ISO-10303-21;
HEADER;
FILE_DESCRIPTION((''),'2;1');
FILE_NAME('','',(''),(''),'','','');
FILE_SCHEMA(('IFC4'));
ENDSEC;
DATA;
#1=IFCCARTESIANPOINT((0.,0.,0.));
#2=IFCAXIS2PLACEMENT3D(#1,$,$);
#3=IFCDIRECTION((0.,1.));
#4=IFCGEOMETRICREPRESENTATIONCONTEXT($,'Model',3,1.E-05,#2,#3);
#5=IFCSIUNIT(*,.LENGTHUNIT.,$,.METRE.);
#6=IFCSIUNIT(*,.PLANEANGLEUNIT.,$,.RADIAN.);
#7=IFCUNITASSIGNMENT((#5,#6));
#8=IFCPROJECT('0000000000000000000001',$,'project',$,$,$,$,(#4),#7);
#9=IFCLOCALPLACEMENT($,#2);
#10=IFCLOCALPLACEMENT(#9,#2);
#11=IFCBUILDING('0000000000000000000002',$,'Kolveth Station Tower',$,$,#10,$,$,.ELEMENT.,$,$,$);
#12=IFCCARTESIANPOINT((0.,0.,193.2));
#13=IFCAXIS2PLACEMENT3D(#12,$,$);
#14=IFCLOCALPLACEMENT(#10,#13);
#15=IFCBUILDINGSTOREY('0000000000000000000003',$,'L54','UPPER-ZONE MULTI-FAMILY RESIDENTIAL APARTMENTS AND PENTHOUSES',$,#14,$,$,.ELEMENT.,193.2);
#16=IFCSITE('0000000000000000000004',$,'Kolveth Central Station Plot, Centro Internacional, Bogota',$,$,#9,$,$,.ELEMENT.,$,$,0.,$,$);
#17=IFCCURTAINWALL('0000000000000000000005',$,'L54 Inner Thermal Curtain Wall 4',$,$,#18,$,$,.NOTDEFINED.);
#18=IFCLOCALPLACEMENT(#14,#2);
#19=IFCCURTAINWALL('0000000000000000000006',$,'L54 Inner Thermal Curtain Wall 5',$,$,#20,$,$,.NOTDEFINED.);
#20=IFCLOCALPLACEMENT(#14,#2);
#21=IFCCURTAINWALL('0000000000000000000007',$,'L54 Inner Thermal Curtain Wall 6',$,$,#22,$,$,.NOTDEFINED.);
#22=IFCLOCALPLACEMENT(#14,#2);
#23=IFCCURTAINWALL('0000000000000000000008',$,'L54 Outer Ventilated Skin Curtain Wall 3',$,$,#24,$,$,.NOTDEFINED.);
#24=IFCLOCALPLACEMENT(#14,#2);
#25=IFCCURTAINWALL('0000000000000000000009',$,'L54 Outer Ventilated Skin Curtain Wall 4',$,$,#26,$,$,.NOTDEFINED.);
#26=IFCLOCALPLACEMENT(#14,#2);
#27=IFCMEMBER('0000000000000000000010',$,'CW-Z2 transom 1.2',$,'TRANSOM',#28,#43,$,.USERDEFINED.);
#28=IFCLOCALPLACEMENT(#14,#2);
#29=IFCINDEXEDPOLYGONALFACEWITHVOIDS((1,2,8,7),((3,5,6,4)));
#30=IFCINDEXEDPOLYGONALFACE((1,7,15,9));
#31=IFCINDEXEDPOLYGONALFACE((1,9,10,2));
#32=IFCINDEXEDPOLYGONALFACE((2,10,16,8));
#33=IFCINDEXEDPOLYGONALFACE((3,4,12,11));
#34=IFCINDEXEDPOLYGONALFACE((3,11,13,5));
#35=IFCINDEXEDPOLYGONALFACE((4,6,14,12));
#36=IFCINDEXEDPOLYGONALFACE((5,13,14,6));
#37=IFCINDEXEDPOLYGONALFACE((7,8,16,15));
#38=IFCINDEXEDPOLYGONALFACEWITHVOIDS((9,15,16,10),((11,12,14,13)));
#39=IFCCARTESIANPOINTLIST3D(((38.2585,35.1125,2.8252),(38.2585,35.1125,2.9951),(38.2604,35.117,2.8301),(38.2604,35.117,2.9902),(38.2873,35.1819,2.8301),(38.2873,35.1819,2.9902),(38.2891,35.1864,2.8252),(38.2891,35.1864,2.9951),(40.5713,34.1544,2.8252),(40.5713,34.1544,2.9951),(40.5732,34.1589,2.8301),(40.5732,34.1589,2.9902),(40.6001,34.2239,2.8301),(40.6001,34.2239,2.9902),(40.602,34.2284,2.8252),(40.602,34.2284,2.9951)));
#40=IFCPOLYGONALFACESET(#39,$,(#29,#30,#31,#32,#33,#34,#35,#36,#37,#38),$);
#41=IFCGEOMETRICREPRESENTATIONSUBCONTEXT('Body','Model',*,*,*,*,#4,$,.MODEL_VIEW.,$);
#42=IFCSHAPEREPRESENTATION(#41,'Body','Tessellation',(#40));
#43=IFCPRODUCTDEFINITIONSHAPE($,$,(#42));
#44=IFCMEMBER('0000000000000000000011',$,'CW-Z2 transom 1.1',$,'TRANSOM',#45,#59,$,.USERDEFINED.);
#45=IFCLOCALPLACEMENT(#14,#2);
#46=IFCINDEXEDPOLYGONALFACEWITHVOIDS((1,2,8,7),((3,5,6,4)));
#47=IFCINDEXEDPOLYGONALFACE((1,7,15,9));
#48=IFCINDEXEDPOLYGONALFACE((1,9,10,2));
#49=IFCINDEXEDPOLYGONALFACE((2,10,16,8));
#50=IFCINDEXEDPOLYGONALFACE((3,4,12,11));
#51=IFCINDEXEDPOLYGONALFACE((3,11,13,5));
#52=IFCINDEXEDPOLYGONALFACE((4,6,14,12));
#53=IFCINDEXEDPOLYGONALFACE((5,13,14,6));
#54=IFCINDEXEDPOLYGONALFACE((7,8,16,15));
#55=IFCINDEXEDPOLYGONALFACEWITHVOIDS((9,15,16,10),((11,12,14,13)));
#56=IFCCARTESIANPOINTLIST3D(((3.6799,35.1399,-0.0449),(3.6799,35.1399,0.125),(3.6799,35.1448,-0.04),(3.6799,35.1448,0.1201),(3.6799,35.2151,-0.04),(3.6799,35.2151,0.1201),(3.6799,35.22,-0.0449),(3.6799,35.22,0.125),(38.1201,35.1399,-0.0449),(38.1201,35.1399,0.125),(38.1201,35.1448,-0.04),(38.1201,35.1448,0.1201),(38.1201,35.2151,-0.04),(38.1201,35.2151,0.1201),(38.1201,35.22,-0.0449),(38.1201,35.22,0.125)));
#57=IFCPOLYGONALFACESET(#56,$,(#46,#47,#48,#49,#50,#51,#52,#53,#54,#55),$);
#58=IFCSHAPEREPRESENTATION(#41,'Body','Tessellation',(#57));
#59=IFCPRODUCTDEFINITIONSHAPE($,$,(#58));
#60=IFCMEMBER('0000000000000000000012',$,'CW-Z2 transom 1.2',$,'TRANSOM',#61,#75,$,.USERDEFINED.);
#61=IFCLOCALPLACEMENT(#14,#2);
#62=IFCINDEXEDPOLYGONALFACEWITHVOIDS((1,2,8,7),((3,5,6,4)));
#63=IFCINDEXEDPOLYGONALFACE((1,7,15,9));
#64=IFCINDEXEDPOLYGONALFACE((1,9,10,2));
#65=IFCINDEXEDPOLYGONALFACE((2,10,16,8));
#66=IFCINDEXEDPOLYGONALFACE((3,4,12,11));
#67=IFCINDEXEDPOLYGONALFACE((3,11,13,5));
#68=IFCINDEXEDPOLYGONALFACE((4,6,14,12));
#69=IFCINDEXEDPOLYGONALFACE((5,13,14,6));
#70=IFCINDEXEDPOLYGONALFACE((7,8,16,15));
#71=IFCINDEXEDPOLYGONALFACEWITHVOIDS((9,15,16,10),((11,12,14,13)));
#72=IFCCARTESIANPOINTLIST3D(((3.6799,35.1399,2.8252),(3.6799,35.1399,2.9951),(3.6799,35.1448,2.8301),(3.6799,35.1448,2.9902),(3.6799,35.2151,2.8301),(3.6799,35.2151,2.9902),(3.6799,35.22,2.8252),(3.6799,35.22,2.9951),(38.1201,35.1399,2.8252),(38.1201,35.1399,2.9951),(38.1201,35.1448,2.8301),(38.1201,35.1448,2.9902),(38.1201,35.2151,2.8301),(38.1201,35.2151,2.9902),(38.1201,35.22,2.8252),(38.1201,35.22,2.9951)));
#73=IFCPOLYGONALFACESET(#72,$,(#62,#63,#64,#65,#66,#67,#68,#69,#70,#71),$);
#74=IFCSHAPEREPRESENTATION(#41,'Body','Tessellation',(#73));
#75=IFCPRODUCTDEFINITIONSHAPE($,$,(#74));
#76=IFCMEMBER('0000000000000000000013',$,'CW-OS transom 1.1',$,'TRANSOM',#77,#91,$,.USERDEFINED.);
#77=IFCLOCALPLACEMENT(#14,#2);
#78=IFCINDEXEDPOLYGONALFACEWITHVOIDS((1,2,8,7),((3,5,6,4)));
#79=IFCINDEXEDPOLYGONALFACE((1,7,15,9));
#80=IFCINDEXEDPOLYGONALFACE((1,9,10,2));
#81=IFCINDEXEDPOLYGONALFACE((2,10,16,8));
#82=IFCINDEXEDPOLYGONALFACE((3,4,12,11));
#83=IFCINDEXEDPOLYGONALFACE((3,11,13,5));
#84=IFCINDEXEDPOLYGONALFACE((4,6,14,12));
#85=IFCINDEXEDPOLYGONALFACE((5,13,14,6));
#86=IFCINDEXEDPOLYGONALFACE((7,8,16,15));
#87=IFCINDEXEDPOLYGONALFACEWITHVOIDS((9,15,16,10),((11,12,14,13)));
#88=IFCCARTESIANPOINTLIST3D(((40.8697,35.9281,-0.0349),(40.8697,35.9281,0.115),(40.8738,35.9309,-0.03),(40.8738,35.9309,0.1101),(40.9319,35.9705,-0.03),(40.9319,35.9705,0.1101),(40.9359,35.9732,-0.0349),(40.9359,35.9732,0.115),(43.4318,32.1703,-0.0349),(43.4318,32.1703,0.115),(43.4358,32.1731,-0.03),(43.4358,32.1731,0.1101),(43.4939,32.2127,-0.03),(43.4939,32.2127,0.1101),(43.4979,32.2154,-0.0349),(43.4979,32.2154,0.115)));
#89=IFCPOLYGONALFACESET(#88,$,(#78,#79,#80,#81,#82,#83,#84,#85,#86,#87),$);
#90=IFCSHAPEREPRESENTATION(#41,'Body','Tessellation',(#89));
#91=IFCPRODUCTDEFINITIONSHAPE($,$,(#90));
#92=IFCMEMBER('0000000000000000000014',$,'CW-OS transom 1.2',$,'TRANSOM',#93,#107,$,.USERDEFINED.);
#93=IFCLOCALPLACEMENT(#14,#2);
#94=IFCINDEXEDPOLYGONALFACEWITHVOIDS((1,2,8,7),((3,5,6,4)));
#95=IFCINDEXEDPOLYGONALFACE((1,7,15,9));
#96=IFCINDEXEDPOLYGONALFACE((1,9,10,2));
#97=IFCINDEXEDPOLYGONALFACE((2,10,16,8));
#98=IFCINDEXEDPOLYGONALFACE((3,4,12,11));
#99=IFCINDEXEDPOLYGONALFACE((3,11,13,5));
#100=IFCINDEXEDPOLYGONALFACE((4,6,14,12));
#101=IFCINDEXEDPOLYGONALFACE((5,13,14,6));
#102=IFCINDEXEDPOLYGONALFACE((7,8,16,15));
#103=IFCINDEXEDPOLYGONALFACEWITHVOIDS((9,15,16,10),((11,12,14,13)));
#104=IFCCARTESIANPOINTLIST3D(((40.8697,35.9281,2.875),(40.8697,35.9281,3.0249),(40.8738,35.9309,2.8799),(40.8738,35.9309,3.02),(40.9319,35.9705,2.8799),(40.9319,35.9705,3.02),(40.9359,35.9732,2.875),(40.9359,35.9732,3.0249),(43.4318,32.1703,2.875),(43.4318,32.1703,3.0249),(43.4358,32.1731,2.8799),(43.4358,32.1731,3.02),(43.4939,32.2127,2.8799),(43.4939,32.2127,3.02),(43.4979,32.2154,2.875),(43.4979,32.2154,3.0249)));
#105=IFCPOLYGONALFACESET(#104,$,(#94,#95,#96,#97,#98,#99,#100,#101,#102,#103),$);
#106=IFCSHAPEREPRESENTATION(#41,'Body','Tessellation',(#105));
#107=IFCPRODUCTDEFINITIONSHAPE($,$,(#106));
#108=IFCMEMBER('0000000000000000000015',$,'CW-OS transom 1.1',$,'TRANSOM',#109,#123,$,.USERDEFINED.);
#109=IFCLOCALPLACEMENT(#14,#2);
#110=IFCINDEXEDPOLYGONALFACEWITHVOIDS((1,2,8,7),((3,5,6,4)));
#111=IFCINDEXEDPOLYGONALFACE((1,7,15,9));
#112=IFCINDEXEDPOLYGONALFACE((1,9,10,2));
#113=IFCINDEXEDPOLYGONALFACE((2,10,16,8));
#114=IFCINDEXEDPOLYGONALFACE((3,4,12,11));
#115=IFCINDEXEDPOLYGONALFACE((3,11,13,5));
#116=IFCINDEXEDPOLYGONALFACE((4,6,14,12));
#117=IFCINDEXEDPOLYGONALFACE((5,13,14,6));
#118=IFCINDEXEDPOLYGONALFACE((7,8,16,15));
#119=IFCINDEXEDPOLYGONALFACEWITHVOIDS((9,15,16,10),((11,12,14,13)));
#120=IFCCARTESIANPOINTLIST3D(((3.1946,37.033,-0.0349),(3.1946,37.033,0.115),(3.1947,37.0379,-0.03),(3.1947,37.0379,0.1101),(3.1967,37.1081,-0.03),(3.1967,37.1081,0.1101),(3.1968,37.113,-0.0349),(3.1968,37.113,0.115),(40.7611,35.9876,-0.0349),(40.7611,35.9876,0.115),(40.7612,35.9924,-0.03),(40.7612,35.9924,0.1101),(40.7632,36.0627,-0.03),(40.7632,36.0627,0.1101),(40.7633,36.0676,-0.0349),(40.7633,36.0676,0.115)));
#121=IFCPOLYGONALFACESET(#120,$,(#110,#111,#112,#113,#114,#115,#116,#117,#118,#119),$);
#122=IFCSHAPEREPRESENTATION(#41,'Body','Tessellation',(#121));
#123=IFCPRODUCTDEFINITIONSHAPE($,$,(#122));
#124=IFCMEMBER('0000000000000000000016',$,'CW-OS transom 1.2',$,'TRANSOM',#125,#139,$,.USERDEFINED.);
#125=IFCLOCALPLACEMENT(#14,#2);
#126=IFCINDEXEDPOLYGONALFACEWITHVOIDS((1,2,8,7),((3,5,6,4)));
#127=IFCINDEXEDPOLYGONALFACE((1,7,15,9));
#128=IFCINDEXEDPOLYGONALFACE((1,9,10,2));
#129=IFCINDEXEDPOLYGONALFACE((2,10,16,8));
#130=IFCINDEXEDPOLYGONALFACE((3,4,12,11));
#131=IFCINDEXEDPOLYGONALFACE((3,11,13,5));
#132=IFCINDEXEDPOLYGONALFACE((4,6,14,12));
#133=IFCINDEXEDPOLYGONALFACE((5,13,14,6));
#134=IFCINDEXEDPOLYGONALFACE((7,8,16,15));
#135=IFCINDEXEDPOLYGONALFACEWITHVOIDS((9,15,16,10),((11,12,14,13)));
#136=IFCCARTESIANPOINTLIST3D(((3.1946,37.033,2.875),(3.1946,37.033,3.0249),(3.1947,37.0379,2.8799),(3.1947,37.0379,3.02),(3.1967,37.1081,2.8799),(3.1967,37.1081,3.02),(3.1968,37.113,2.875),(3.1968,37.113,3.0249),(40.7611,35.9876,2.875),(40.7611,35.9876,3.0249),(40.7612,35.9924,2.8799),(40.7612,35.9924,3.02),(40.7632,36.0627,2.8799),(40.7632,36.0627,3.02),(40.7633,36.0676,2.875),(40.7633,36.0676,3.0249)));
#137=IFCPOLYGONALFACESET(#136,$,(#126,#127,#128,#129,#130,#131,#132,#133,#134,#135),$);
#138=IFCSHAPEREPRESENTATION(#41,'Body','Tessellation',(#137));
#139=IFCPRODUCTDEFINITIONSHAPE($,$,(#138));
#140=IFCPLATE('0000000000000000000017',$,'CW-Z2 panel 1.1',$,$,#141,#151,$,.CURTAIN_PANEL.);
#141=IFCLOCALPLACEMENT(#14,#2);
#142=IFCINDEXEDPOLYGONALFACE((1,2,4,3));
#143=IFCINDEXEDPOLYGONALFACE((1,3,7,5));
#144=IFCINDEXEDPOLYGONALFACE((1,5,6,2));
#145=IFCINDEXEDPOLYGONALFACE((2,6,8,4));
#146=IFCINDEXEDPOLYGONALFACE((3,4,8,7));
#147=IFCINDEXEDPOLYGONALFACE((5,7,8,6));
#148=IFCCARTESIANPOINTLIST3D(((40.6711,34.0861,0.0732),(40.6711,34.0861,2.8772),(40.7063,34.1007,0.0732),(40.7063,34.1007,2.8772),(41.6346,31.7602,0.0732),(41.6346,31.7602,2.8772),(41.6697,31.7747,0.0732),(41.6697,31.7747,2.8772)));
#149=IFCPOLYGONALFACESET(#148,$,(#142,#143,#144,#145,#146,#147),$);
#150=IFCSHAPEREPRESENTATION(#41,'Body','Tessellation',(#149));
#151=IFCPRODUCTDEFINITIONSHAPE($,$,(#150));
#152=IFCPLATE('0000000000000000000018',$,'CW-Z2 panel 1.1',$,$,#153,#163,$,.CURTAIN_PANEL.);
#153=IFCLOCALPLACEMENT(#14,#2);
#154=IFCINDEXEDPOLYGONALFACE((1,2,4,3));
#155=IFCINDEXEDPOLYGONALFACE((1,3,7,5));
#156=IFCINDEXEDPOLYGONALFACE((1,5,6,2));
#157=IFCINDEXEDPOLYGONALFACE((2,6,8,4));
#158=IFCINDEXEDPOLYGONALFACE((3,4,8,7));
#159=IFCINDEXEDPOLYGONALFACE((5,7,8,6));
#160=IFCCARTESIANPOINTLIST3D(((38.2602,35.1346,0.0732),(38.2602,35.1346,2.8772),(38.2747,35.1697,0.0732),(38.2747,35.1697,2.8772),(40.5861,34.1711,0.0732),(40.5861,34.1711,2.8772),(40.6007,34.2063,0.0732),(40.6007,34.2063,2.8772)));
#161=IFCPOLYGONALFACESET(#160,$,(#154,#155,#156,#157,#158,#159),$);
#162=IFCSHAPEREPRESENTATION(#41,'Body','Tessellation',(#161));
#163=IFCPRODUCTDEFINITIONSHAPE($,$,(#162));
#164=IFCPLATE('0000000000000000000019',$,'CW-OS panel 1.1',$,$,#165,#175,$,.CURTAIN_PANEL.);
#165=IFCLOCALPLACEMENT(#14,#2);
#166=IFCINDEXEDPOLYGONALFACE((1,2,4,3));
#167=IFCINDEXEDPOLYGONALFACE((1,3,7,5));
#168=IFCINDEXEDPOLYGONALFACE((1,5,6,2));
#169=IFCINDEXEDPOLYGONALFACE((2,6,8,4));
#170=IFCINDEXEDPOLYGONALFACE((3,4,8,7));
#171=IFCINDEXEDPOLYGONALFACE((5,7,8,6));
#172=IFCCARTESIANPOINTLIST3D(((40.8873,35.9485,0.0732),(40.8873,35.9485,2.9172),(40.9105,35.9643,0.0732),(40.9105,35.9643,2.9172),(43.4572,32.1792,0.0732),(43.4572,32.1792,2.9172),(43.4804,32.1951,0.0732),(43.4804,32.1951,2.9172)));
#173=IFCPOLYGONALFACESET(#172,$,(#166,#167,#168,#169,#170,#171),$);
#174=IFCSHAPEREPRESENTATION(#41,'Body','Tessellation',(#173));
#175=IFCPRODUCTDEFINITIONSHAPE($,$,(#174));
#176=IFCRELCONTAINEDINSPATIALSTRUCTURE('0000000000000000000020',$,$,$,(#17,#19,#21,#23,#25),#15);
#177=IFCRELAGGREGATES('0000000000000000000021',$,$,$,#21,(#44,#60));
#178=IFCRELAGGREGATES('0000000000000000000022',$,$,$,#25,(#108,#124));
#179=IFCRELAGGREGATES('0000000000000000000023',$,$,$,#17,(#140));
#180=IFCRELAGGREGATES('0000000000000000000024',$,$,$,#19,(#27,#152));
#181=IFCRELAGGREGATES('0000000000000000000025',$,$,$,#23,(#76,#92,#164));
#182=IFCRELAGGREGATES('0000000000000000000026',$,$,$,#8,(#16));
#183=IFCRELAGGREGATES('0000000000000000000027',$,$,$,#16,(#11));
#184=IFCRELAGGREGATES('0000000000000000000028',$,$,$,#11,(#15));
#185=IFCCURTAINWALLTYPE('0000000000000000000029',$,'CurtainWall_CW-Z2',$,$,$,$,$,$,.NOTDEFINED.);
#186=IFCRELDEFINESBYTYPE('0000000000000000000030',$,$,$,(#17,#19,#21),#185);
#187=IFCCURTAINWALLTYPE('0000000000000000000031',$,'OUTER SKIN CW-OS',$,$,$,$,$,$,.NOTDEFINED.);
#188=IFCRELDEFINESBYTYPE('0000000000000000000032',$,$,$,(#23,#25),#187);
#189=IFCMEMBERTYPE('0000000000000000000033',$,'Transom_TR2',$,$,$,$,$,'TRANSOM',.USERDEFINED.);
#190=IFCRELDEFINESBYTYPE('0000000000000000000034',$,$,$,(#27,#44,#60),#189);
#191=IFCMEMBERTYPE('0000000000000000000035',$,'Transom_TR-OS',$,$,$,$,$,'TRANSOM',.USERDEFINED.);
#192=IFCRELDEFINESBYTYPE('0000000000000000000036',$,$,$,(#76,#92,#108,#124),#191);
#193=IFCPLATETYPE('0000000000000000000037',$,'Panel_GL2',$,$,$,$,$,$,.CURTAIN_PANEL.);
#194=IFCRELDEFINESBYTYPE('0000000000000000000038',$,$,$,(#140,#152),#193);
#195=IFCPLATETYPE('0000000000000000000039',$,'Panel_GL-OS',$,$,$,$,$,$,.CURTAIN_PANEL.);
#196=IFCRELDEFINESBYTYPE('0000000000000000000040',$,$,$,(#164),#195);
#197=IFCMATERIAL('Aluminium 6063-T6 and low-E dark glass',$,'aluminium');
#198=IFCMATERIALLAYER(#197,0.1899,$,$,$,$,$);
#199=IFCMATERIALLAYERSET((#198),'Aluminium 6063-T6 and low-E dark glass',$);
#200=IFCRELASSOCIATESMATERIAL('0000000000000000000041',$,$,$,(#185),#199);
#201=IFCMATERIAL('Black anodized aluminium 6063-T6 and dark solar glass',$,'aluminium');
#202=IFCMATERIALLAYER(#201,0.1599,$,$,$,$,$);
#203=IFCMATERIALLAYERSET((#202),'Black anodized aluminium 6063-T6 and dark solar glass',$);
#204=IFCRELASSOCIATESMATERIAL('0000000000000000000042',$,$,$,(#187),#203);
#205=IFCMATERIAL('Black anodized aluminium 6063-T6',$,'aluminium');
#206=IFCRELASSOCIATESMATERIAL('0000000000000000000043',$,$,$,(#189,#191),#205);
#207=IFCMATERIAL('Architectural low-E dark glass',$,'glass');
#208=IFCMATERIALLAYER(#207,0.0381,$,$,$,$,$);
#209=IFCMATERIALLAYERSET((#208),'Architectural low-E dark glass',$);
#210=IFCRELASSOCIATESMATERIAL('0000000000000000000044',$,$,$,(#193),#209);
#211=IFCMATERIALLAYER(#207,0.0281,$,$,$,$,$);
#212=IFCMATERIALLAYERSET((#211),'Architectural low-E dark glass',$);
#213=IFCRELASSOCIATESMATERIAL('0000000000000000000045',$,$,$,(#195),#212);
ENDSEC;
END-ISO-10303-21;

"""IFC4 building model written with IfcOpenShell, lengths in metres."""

from ifc_helpers import new_model, si_unit, direction, frame, origin, origin_2d, place, context, subcontext, project, spatial, rectangle, hollow_rectangle, extrude, source, transform, mapped, material, layer, layer_set, material_profile, profile_set, type_object, element, aggregate, save


model = new_model("IFC4")

# Units and contexts
model_context = context("Model", 3, precision=1e-05, world=origin(), true_north=direction((0.0, 1.0)))
body_context = subcontext(model_context, "Body", "Model", "MODEL_VIEW")
ifc_project = project(units=[si_unit("LENGTHUNIT", "METRE"), si_unit("PLANEANGLEUNIT", "RADIAN")], contexts=[model_context])

# Site, building, storey
site_placement = place(None, origin())
site = spatial("IfcSite", under=ifc_project, at=site_placement, Name="Kolveth Central Station Plot, Centro Internacional, Bogota", CompositionType="ELEMENT", RefElevation=0.0)
building_placement = place(site_placement, origin())
building = spatial("IfcBuilding", under=site, at=building_placement, Name="Kolveth Station Tower", CompositionType="ELEMENT")
storey_placement = place(building_placement, frame((0.0, 0.0, 193.2)))
storey = spatial("IfcBuildingStorey", under=building, at=storey_placement, Name="L54", Description="UPPER-ZONE MULTI-FAMILY RESIDENTIAL APARTMENTS AND PENTHOUSES", CompositionType="ELEMENT", Elevation=193.2)

# Curtain wall
ifc_material_1 = material(Name="Aluminium 6063-T6 and low-E dark glass", Category="aluminium")
ifc_layer_1 = layer(ifc_material_1, 0.1899)
ifc_layer_set_1 = layer_set([ifc_layer_1], Name="Aluminium 6063-T6 and low-E dark glass")
curtain_wall_type_1 = type_object("IfcCurtainWallType", Name="CurtainWall_CW-Z2", PredefinedType="NOTDEFINED", material=ifc_layer_set_1)
curtain_wall_1_placement = place(storey_placement, origin())
curtain_wall_1 = element("IfcCurtainWall", 1, at=curtain_wall_1_placement, inside=storey, type_object=curtain_wall_type_1, Name="L54 Inner Thermal Curtain Wall 4", PredefinedType="NOTDEFINED")
ifc_material_2 = material(Name="Black anodized aluminium 6063-T6", Category="aluminium")

# Curtain wall
curtain_wall_2_placement = place(storey_placement, origin())
curtain_wall_2 = element("IfcCurtainWall", 2, at=curtain_wall_2_placement, inside=storey, type_object=curtain_wall_type_1, Name="L54 Inner Thermal Curtain Wall 5", PredefinedType="NOTDEFINED")

# Curtain wall
curtain_wall_3_placement = place(storey_placement, origin())
curtain_wall_3 = element("IfcCurtainWall", 3, at=curtain_wall_3_placement, inside=storey, type_object=curtain_wall_type_1, Name="L54 Inner Thermal Curtain Wall 6", PredefinedType="NOTDEFINED")
ifc_material_3 = material(Name="Black anodized aluminium 6063-T6 and dark solar glass", Category="aluminium")
ifc_layer_2 = layer(ifc_material_3, 0.1599)
ifc_layer_set_2 = layer_set([ifc_layer_2], Name="Black anodized aluminium 6063-T6 and dark solar glass")
curtain_wall_type_2 = type_object("IfcCurtainWallType", Name="OUTER SKIN CW-OS", PredefinedType="NOTDEFINED", material=ifc_layer_set_2)

# Curtain wall
curtain_wall_4_placement = place(storey_placement, origin())
curtain_wall_4 = element("IfcCurtainWall", 4, at=curtain_wall_4_placement, inside=storey, type_object=curtain_wall_type_2, Name="L54 Outer Ventilated Skin Curtain Wall 3", PredefinedType="NOTDEFINED")

# Curtain wall
curtain_wall_5_placement = place(storey_placement, origin())
curtain_wall_5 = element("IfcCurtainWall", 5, at=curtain_wall_5_placement, inside=storey, type_object=curtain_wall_type_2, Name="L54 Outer Ventilated Skin Curtain Wall 4", PredefinedType="NOTDEFINED")

# Members
ifc_material_profile_1 = material_profile(ifc_material_2, hollow_rectangle(XDim=0.0801, YDim=0.1699, WallThickness=0.0049, at=origin_2d()), Name="ALU-80x170x5")
ifc_profile_set_1 = profile_set([ifc_material_profile_1], Name="Black anodized aluminium 6063-T6")
member_type_1 = type_object("IfcMemberType", Name="Transom_TR2", ElementType="TRANSOM", PredefinedType="USERDEFINED", material=ifc_profile_set_1)
shared_shape_1 = source(origin(), body_context, "Body", "SweptSolid", [
    extrude(hollow_rectangle(XDim=0.0801, YDim=0.1699, WallThickness=0.0049, at=origin_2d()), origin(), (0.0, 0.0, 1.0), 2.5034),
])
member_1_placement = place(storey_placement, frame((40.5867, 34.1914, 2.9102), z_axis=(-0.923874, 0.382696, 0.0), x_axis=(-0.382696, -0.923874, 0.0)))
member_1 = element("IfcMember", 6, at=member_1_placement, type_object=member_type_1, Name="CW-Z2 transom 1.2", ObjectType="TRANSOM", PredefinedType="USERDEFINED", context=body_context, shape_type="MappedRepresentation", body=[
    mapped(shared_shape_1, transform((0.0, 0.0, 0.0), x_axis=(1.0, 0.0, 0.0), y_axis=(0.0, 1.0, 0.0), z_axis=(0.0, 0.0, 1.0), scale=1.0)),
])
shared_shape_2 = source(origin(), body_context, "Body", "SweptSolid", [
    extrude(hollow_rectangle(XDim=0.0801, YDim=0.1699, WallThickness=0.0049, at=origin_2d()), origin(), (0.0, 0.0, 1.0), 34.4402),
])
member_2_placement = place(storey_placement, frame((38.1201, 35.1799, 0.04), z_axis=(-1.0, 0.0, 0.0), x_axis=(0.0, -1.0, 0.0)))
member_2 = element("IfcMember", 7, at=member_2_placement, type_object=member_type_1, Name="CW-Z2 transom 1.1", ObjectType="TRANSOM", PredefinedType="USERDEFINED", context=body_context, shape_type="MappedRepresentation", body=[
    mapped(shared_shape_2, transform((0.0, 0.0, 0.0), x_axis=(1.0, 0.0, 0.0), y_axis=(0.0, 1.0, 0.0), z_axis=(0.0, 0.0, 1.0), scale=1.0)),
])
member_3_placement = place(storey_placement, frame((38.1201, 35.1799, 2.9102), z_axis=(-1.0, 0.0, 0.0), x_axis=(0.0, -1.0, 0.0)))
member_3 = element("IfcMember", 8, at=member_3_placement, type_object=member_type_1, Name="CW-Z2 transom 1.2", ObjectType="TRANSOM", PredefinedType="USERDEFINED", context=body_context, shape_type="MappedRepresentation", body=[
    mapped(shared_shape_2, transform((0.0, 0.0, 0.0), x_axis=(1.0, 0.0, 0.0), y_axis=(0.0, 1.0, 0.0), z_axis=(0.0, 0.0, 1.0), scale=1.0)),
])
aggregate(curtain_wall_3, [member_2, member_3])
ifc_material_profile_2 = material_profile(ifc_material_2, hollow_rectangle(XDim=0.0801, YDim=0.1499, WallThickness=0.0049, at=origin_2d()), Name="ALU-80x150x5")
ifc_profile_set_2 = profile_set([ifc_material_profile_2], Name="Black anodized aluminium 6063-T6")
member_type_2 = type_object("IfcMemberType", Name="Transom_TR-OS", ElementType="TRANSOM", PredefinedType="USERDEFINED", material=ifc_profile_set_2)
shared_shape_3 = source(origin(), body_context, "Body", "SweptSolid", [
    extrude(hollow_rectangle(XDim=0.0801, YDim=0.1499, WallThickness=0.0049, at=origin_2d()), origin(), (0.0, 0.0, 1.0), 4.5481),
])
member_4_placement = place(storey_placement, frame((43.4648, 32.1929, 0.04), z_axis=(-0.563317, 0.826241, 0.0), x_axis=(-0.826241, -0.563317, 0.0)))
member_4 = element("IfcMember", 9, at=member_4_placement, type_object=member_type_2, Name="CW-OS transom 1.1", ObjectType="TRANSOM", PredefinedType="USERDEFINED", context=body_context, shape_type="MappedRepresentation", body=[
    mapped(shared_shape_3, transform((0.0, 0.0, 0.0), x_axis=(1.0, 0.0, 0.0), y_axis=(0.0, 1.0, 0.0), z_axis=(0.0, 0.0, 1.0), scale=1.0)),
])
member_5_placement = place(storey_placement, frame((43.4648, 32.1929, 2.95), z_axis=(-0.563317, 0.826241, 0.0), x_axis=(-0.826241, -0.563317, 0.0)))
member_5 = element("IfcMember", 10, at=member_5_placement, type_object=member_type_2, Name="CW-OS transom 1.2", ObjectType="TRANSOM", PredefinedType="USERDEFINED", context=body_context, shape_type="MappedRepresentation", body=[
    mapped(shared_shape_3, transform((0.0, 0.0, 0.0), x_axis=(1.0, 0.0, 0.0), y_axis=(0.0, 1.0, 0.0), z_axis=(0.0, 0.0, 1.0), scale=1.0)),
])
shared_shape_4 = source(origin(), body_context, "Body", "SweptSolid", [
    extrude(hollow_rectangle(XDim=0.0801, YDim=0.1499, WallThickness=0.0049, at=origin_2d()), origin(), (0.0, 0.0, 1.0), 37.5811),
])
member_6_placement = place(storey_placement, frame((40.7622, 36.0276, 0.04), z_axis=(-0.999613, 0.027818, 0.0), x_axis=(-0.027818, -0.999613, 0.0)))
member_6 = element("IfcMember", 11, at=member_6_placement, type_object=member_type_2, Name="CW-OS transom 1.1", ObjectType="TRANSOM", PredefinedType="USERDEFINED", context=body_context, shape_type="MappedRepresentation", body=[
    mapped(shared_shape_4, transform((0.0, 0.0, 0.0), x_axis=(1.0, 0.0, 0.0), y_axis=(0.0, 1.0, 0.0), z_axis=(0.0, 0.0, 1.0), scale=1.0)),
])
member_7_placement = place(storey_placement, frame((40.7622, 36.0276, 2.95), z_axis=(-0.999613, 0.027818, 0.0), x_axis=(-0.027818, -0.999613, 0.0)))
member_7 = element("IfcMember", 12, at=member_7_placement, type_object=member_type_2, Name="CW-OS transom 1.2", ObjectType="TRANSOM", PredefinedType="USERDEFINED", context=body_context, shape_type="MappedRepresentation", body=[
    mapped(shared_shape_4, transform((0.0, 0.0, 0.0), x_axis=(1.0, 0.0, 0.0), y_axis=(0.0, 1.0, 0.0), z_axis=(0.0, 0.0, 1.0), scale=1.0)),
])
aggregate(curtain_wall_5, [member_6, member_7])

# Plates
ifc_material_4 = material(Name="Architectural low-E dark glass", Category="glass")
ifc_layer_3 = layer(ifc_material_4, 0.0381)
ifc_layer_set_3 = layer_set([ifc_layer_3], Name="Architectural low-E dark glass")
plate_type_1 = type_object("IfcPlateType", Name="Panel_GL2", PredefinedType="CURTAIN_PANEL", material=ifc_layer_set_3)
shared_shape_5 = source(origin(), body_context, "Body", "SweptSolid", [
    extrude(rectangle(XDim=2.5176, YDim=0.0381, at=origin_2d()), origin(), (0.0, 0.0, 1.0), 2.804),
])
plate_1_placement = place(storey_placement, frame((41.1704, 32.9304, 0.0732), z_axis=(0.0, 0.0, 1.0), x_axis=(-0.382698, 0.923874, 0.0)))
plate_1 = element("IfcPlate", 13, at=plate_1_placement, type_object=plate_type_1, Name="CW-Z2 panel 1.1", PredefinedType="CURTAIN_PANEL", context=body_context, shape_type="MappedRepresentation", body=[
    mapped(shared_shape_5, transform((0.0, 0.0, 0.0), x_axis=(1.0, 0.0, 0.0), y_axis=(0.0, 1.0, 0.0), z_axis=(0.0, 0.0, 1.0), scale=1.0)),
])
aggregate(curtain_wall_1, [plate_1])
plate_2_placement = place(storey_placement, frame((39.4304, 34.6704, 0.0732), z_axis=(0.0, 0.0, 1.0), x_axis=(-0.923874, 0.382698, 0.0)))
plate_2 = element("IfcPlate", 14, at=plate_2_placement, type_object=plate_type_1, Name="CW-Z2 panel 1.1", PredefinedType="CURTAIN_PANEL", context=body_context, shape_type="MappedRepresentation", body=[
    mapped(shared_shape_5, transform((0.0, 0.0, 0.0), x_axis=(1.0, 0.0, 0.0), y_axis=(0.0, 1.0, 0.0), z_axis=(0.0, 0.0, 1.0), scale=1.0)),
])
aggregate(curtain_wall_2, [member_1, plate_2])
ifc_layer_4 = layer(ifc_material_4, 0.0281)
ifc_layer_set_4 = layer_set([ifc_layer_4], Name="Architectural low-E dark glass")
plate_type_2 = type_object("IfcPlateType", Name="Panel_GL-OS", PredefinedType="CURTAIN_PANEL", material=ifc_layer_set_4)
shared_shape_6 = source(origin(), body_context, "Body", "SweptSolid", [
    extrude(rectangle(XDim=4.562, YDim=0.0281, at=origin_2d()), origin(), (0.0, 0.0, 1.0), 2.844),
])
plate_3_placement = place(storey_placement, frame((42.1838, 34.0718, 0.0732), z_axis=(0.0, 0.0, 1.0), x_axis=(-0.563334, 0.82623, 0.0)))
plate_3 = element("IfcPlate", 15, at=plate_3_placement, type_object=plate_type_2, Name="CW-OS panel 1.1", PredefinedType="CURTAIN_PANEL", context=body_context, shape_type="MappedRepresentation", body=[
    mapped(shared_shape_6, transform((0.0, 0.0, 0.0), x_axis=(1.0, 0.0, 0.0), y_axis=(0.0, 1.0, 0.0), z_axis=(0.0, 0.0, 1.0), scale=1.0)),
])
aggregate(curtain_wall_4, [member_4, member_5, plate_3])

save(model, "model.ifc")
